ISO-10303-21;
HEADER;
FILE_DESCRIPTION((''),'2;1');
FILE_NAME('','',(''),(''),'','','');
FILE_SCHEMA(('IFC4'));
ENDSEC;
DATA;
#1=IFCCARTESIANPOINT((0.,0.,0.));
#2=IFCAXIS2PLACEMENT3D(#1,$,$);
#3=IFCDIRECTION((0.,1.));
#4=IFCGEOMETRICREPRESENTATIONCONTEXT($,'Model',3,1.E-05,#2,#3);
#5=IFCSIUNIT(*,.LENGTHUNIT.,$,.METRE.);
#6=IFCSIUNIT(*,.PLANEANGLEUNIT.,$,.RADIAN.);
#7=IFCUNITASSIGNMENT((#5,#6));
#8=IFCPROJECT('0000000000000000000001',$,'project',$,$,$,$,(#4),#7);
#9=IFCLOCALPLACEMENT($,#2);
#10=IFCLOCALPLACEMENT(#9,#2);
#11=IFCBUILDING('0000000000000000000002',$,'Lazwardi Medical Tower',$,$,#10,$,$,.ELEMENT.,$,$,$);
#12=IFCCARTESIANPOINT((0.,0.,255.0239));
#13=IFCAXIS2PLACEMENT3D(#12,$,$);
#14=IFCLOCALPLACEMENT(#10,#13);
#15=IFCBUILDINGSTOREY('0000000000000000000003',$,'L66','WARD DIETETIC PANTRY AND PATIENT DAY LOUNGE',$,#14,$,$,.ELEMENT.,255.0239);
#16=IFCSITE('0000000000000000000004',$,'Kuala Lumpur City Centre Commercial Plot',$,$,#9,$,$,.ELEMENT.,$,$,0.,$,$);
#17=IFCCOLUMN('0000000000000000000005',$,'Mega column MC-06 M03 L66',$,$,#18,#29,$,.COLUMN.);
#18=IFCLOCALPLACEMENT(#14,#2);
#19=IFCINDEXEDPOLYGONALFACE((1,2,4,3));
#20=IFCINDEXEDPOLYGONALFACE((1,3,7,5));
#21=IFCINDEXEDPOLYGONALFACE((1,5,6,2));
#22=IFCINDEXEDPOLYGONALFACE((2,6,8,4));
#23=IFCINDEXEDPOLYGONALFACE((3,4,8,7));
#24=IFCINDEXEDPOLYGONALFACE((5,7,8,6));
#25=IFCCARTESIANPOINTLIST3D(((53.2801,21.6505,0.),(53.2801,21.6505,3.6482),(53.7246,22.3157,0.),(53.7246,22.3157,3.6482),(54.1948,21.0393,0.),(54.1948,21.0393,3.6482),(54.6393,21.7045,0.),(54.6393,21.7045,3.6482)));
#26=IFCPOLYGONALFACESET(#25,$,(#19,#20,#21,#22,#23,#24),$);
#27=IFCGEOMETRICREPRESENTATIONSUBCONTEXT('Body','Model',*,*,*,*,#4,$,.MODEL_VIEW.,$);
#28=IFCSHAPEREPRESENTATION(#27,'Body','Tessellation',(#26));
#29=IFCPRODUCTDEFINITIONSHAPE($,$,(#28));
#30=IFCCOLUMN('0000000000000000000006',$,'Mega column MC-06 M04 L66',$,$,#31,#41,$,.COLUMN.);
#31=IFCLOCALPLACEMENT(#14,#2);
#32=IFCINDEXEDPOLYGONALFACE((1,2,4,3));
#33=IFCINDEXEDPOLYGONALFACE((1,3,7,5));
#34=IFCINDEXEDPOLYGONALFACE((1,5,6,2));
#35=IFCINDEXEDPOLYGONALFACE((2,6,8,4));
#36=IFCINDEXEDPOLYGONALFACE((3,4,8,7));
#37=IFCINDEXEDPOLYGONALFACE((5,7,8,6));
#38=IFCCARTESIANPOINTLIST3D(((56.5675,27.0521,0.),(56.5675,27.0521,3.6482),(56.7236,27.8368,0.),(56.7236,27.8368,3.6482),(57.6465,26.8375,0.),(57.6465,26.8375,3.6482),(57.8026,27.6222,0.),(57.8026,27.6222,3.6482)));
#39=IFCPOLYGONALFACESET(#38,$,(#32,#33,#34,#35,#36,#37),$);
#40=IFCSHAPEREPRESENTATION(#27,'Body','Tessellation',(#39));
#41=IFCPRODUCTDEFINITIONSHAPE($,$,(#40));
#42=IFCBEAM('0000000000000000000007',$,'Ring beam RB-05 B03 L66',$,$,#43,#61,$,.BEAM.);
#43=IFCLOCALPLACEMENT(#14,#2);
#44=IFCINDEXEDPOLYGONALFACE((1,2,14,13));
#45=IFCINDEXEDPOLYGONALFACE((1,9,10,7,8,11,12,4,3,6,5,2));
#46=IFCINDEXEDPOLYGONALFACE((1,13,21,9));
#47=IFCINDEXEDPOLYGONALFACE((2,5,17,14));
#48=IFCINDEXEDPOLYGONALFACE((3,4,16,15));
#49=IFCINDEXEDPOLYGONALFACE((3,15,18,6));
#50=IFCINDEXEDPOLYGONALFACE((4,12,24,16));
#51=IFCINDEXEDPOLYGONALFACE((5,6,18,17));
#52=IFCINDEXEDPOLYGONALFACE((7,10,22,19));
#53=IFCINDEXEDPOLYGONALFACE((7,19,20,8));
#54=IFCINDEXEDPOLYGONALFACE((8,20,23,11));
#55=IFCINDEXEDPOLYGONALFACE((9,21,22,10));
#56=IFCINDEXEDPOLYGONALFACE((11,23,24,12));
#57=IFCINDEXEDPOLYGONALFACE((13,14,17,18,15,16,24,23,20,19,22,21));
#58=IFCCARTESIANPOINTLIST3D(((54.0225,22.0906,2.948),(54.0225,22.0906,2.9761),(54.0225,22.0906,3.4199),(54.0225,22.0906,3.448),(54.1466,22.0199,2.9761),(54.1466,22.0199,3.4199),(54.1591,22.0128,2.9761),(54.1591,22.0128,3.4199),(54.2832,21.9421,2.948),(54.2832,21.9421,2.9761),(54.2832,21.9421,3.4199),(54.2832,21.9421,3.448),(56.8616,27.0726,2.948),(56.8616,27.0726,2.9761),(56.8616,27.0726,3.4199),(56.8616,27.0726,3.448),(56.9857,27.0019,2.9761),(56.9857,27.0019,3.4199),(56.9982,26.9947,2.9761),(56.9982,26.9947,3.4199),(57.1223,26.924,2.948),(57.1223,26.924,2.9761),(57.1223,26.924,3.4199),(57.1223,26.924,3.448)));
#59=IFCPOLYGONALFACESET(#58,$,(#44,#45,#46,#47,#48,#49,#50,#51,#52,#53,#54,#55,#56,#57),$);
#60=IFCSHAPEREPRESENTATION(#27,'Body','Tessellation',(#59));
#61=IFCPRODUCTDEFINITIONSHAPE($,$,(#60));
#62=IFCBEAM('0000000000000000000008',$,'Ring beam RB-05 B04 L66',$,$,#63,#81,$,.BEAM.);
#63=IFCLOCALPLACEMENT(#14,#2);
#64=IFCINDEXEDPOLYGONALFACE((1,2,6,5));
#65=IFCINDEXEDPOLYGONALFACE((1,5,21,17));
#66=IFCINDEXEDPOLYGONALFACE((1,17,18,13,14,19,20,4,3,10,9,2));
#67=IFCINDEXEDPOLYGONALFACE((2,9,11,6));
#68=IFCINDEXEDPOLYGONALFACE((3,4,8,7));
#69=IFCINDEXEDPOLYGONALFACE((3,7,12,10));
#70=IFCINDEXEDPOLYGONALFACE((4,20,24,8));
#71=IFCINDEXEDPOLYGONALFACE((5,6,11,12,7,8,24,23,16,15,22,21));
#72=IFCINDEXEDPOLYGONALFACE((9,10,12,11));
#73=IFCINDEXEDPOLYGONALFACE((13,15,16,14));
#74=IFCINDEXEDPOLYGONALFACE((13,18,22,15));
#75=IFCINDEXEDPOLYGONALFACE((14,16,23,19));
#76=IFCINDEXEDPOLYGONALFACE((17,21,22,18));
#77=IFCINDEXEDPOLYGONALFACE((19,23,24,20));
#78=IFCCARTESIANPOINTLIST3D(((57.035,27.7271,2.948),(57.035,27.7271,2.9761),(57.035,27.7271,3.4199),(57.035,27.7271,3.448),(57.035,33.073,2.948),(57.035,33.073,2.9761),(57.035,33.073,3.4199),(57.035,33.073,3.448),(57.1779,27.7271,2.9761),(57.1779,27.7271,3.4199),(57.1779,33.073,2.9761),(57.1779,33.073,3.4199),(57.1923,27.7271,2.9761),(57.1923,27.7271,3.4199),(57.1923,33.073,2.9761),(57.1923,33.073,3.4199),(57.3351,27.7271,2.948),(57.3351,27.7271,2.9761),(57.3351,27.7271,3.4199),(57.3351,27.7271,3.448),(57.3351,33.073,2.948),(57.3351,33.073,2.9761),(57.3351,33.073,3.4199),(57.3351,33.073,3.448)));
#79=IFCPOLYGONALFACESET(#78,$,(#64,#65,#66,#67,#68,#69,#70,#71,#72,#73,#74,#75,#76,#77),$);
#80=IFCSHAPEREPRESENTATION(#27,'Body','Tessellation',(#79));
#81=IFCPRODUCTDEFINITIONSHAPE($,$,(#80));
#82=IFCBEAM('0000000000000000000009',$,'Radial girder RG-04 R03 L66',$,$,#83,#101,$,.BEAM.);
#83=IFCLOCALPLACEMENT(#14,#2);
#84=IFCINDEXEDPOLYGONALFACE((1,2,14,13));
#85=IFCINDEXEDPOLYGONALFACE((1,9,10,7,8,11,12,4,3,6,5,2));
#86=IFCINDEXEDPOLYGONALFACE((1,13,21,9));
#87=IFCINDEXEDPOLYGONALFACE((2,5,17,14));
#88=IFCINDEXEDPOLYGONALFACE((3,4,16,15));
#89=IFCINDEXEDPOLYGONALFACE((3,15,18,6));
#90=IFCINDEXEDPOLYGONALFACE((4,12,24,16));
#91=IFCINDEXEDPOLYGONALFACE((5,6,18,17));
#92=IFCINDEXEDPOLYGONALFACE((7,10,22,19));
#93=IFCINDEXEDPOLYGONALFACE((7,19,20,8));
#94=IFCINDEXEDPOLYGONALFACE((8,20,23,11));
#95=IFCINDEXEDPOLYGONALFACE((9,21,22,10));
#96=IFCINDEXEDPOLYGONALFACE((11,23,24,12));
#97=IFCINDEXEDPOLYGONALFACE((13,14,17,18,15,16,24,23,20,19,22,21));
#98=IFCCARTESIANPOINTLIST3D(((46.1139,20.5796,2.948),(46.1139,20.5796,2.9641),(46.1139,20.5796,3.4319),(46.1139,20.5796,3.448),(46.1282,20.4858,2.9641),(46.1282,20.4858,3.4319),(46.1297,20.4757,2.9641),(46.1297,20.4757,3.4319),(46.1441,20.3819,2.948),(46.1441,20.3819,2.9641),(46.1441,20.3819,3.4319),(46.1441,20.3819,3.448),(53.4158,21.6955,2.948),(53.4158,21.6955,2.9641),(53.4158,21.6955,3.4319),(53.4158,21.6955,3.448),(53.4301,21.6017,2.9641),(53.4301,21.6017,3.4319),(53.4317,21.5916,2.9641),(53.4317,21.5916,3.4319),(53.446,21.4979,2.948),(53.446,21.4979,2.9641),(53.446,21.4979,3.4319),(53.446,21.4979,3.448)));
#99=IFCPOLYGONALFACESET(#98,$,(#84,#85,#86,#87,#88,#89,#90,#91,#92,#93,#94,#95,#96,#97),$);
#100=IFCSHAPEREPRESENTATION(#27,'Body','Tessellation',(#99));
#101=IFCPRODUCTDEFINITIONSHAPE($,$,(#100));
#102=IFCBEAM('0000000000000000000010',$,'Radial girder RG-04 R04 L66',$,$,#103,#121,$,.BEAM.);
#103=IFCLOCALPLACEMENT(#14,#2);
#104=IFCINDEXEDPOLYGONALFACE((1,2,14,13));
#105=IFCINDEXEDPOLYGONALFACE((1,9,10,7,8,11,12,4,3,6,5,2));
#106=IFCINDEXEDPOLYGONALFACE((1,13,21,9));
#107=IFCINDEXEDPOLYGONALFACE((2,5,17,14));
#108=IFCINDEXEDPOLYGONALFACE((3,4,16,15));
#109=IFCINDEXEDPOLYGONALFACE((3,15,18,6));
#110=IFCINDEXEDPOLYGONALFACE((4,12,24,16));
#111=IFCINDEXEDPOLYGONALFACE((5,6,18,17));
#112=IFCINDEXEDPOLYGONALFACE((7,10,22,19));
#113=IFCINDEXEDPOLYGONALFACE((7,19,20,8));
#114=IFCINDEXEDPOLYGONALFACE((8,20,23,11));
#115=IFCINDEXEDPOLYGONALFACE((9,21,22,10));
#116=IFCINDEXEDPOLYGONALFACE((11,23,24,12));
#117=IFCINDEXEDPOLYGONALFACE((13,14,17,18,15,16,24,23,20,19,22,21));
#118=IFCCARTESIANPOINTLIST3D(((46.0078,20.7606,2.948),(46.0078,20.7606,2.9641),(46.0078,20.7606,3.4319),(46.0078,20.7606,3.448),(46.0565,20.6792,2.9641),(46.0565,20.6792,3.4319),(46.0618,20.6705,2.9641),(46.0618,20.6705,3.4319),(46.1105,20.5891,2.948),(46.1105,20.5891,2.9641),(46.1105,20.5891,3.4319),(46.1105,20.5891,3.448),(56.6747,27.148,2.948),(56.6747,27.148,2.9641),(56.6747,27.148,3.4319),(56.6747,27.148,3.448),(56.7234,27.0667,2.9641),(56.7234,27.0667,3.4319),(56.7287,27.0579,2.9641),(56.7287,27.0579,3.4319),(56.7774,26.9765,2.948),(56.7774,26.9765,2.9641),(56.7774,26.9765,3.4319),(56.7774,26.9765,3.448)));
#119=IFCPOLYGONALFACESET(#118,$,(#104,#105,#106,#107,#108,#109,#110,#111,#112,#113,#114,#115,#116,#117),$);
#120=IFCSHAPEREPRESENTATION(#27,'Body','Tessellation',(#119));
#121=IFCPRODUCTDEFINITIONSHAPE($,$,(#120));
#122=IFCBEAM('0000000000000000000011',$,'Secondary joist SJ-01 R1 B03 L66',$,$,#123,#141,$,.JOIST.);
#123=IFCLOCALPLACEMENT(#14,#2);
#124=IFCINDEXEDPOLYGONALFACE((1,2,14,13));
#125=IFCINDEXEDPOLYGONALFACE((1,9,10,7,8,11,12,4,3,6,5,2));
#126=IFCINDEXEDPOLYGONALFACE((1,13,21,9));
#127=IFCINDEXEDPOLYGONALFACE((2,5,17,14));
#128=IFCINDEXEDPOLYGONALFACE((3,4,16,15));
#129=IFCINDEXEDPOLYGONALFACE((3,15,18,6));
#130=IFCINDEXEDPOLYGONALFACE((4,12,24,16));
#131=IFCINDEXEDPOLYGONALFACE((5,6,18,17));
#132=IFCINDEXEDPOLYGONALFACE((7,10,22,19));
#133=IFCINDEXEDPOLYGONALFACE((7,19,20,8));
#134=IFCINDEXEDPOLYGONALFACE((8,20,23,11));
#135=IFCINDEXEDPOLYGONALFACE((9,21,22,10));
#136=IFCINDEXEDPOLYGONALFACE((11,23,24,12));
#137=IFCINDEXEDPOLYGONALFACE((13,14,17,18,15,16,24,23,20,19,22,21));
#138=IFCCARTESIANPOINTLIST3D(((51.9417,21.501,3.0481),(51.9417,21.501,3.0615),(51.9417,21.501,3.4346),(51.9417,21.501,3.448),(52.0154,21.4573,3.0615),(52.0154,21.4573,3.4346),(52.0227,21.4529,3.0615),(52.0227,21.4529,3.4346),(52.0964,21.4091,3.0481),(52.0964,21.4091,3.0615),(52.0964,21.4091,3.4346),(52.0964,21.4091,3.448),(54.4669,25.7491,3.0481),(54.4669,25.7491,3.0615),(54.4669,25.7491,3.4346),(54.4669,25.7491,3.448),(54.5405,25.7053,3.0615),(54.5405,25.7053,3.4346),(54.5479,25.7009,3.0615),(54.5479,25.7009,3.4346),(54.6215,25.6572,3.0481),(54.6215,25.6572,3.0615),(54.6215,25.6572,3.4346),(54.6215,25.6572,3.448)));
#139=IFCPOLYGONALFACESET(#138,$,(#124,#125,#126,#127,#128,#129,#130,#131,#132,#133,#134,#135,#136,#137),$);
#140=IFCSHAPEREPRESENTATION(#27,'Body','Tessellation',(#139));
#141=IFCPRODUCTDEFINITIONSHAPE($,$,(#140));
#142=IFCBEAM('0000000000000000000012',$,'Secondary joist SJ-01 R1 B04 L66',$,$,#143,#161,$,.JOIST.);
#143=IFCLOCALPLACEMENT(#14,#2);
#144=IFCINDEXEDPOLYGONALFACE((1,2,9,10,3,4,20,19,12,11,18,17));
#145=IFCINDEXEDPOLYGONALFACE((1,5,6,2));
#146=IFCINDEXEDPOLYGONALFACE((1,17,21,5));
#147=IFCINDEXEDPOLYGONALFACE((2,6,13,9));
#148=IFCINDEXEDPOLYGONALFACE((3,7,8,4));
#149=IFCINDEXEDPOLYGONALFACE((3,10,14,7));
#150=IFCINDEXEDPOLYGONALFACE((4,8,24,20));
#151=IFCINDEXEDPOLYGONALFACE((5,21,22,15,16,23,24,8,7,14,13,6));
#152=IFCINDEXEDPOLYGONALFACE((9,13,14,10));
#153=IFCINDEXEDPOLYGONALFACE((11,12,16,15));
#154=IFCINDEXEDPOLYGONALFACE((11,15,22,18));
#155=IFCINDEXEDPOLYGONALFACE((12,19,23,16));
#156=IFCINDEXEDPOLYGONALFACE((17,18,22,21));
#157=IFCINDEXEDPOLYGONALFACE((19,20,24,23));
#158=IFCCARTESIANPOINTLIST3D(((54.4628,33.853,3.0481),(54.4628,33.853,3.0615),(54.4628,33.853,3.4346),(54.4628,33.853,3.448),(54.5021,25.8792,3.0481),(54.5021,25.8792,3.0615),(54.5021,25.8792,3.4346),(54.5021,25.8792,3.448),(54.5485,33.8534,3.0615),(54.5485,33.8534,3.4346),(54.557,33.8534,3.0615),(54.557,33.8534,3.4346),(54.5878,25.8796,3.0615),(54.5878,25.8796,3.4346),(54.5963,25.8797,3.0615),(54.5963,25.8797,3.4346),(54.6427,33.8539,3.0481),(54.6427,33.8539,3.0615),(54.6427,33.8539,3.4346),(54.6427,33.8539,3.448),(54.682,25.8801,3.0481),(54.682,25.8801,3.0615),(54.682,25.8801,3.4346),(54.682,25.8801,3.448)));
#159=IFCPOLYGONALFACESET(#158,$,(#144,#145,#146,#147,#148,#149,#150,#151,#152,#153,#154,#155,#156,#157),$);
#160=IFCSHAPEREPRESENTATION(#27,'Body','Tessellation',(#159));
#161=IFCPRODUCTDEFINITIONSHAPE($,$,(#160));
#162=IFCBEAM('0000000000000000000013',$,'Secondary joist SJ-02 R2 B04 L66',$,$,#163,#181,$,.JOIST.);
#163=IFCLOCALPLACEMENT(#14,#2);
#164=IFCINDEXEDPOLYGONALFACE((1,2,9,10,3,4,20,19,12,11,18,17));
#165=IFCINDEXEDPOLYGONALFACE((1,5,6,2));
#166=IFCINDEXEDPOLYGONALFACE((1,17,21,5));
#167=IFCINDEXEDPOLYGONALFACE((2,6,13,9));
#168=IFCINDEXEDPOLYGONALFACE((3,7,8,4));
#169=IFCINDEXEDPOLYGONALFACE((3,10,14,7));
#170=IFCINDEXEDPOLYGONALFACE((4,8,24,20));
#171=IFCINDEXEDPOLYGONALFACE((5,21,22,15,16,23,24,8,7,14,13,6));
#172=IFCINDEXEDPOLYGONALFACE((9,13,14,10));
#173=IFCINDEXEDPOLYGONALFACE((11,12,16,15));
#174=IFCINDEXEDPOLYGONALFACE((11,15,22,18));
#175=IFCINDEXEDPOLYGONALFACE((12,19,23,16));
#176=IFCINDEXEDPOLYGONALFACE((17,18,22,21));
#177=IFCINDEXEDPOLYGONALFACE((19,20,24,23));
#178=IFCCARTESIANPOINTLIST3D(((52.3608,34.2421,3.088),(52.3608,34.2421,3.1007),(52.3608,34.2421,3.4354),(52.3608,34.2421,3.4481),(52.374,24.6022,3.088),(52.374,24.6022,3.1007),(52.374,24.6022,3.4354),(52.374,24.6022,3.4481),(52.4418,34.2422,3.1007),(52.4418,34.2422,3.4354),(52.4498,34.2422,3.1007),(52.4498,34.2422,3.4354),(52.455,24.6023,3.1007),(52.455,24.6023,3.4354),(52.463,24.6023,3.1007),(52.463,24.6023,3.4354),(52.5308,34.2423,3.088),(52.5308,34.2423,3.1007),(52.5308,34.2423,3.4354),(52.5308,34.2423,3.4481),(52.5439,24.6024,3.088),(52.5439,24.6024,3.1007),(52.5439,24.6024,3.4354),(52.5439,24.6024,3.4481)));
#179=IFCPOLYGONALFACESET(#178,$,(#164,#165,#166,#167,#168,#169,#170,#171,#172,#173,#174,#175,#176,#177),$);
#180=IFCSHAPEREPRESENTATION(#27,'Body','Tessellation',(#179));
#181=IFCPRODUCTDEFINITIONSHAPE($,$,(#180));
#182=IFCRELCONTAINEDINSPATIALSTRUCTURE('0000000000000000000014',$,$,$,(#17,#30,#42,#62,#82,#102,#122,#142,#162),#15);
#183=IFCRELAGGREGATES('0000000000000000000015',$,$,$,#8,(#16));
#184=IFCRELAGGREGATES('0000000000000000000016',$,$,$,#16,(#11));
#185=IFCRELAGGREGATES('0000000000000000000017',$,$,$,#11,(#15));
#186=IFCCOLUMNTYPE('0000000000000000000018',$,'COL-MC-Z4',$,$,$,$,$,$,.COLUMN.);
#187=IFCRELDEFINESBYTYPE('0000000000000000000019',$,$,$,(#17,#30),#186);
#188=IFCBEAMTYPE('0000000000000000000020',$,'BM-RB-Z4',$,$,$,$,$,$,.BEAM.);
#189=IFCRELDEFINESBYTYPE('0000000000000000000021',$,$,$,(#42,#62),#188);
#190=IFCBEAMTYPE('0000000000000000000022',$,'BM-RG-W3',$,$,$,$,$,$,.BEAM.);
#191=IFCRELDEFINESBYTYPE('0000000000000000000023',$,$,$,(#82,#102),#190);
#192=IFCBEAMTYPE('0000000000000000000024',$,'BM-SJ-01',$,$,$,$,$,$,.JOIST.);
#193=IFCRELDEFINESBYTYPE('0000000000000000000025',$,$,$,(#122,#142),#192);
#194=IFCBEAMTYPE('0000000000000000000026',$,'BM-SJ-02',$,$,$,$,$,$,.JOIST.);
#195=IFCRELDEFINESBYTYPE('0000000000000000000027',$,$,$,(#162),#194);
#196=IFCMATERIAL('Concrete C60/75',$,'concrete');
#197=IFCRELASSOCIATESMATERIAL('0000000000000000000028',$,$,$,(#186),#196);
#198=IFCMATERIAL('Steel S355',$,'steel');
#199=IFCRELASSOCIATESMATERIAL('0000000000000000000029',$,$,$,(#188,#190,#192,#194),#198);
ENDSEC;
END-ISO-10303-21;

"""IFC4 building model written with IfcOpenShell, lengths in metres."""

from ifc_helpers import new_model, si_unit, direction, frame, origin, origin_2d, place, context, subcontext, project, spatial, rectangle, i_section, extrude, material, material_profile, profile_set, type_object, element, save


model = new_model("IFC4")

# Units and contexts
model_context = context("Model", 3, precision=1e-05, world=origin(), true_north=direction((0.0, 1.0)))
body_context = subcontext(model_context, "Body", "Model", "MODEL_VIEW")
ifc_project = project(units=[si_unit("LENGTHUNIT", "METRE"), si_unit("PLANEANGLEUNIT", "RADIAN")], contexts=[model_context])

# Site, building, storey
site_placement = place(None, origin())
site = spatial("IfcSite", under=ifc_project, at=site_placement, Name="Kuala Lumpur City Centre Commercial Plot", CompositionType="ELEMENT", RefElevation=0.0)
building_placement = place(site_placement, origin())
building = spatial("IfcBuilding", under=site, at=building_placement, Name="Lazwardi Medical Tower", CompositionType="ELEMENT")
storey_placement = place(building_placement, frame((0.0, 0.0, 255.0239)))
storey = spatial("IfcBuildingStorey", under=building, at=storey_placement, Name="L66", Description="WARD DIETETIC PANTRY AND PATIENT DAY LOUNGE", CompositionType="ELEMENT", Elevation=255.0239)

# Columns
ifc_material_1 = material(Name="Concrete C60/75", Category="concrete")
ifc_material_profile_1 = material_profile(ifc_material_1, rectangle(XDim=1.1001, YDim=0.8, at=origin_2d()), Name="CFT-RECT 1100x800")
ifc_profile_set_1 = profile_set([ifc_material_profile_1], Name="Concrete C60/75")
column_type = type_object("IfcColumnType", Name="COL-MC-Z4", PredefinedType="COLUMN", material=ifc_profile_set_1)
for number, where, z_axis, x_axis, name in (
    (1, (53.9597, 21.6775, 0.0), (0.0, 0.0, 1.0), (0.83147, -0.55557, 0.0), "Mega column MC-06 M03 L66"),
    (2, (57.1851, 27.3372, 0.0), (0.0, 0.0, 1.0), (0.980785, -0.19509, 0.0), "Mega column MC-06 M04 L66"),
):
    element("IfcColumn", number, at=place(storey_placement, frame(where, z_axis=z_axis, x_axis=x_axis)), inside=storey, type_object=column_type, Name=name, PredefinedType="COLUMN", context=body_context, shape_type="SweptSolid", body=[
        extrude(rectangle(XDim=1.1001, YDim=0.8, at=origin_2d()), origin(), (0.0, 0.0, 1.0), 3.6482),
    ])

# Beams
ifc_material_2 = material(Name="Steel S355", Category="steel")
ifc_material_profile_2 = material_profile(ifc_material_2, i_section(OverallWidth=0.3, OverallDepth=0.5, WebThickness=0.0144, FlangeThickness=0.0281, at=origin_2d()), Name="HEB 500")
ifc_profile_set_2 = profile_set([ifc_material_profile_2], Name="Steel S355")
beam_type_1 = type_object("IfcBeamType", Name="BM-RB-Z4", PredefinedType="BEAM", material=ifc_profile_set_2)
beam_1_placement = place(storey_placement, frame((54.1528, 22.0164, 3.198), z_axis=(0.495125, 0.868822, 0.0), x_axis=(-0.868822, 0.495125, 0.0)))
element("IfcBeam", 3, at=beam_1_placement, inside=storey, type_object=beam_type_1, Name="Ring beam RB-05 B03 L66", PredefinedType="BEAM", context=body_context, shape_type="SweptSolid", body=[
    extrude(i_section(OverallWidth=0.3, OverallDepth=0.5, WebThickness=0.0144, FlangeThickness=0.0281, at=origin_2d()), origin(), (0.0, 0.0, 1.0), 5.7341),
])
beam_2_placement = place(storey_placement, frame((57.1851, 27.7271, 3.198), z_axis=(0.0, 1.0, 0.0), x_axis=(-1.0, 0.0, 0.0)))
element("IfcBeam", 4, at=beam_2_placement, inside=storey, type_object=beam_type_1, Name="Ring beam RB-05 B04 L66", PredefinedType="BEAM", context=body_context, shape_type="SweptSolid", body=[
    extrude(i_section(OverallWidth=0.3, OverallDepth=0.5, WebThickness=0.0144, FlangeThickness=0.0281, at=origin_2d()), origin(), (0.0, 0.0, 1.0), 5.3459),
])
ifc_material_profile_3 = material_profile(ifc_material_2, i_section(OverallWidth=0.2, OverallDepth=0.5, WebThickness=0.0103, FlangeThickness=0.0161, at=origin_2d()), Name="IPE 500")
ifc_profile_set_3 = profile_set([ifc_material_profile_3], Name="Steel S355")
beam_type_2 = type_object("IfcBeamType", Name="BM-RG-W3", PredefinedType="BEAM", material=ifc_profile_set_3)
beam_3_placement = place(storey_placement, frame((53.4309, 21.5967, 3.198), z_axis=(-0.988522, -0.151076, 0.0), x_axis=(0.151076, -0.988522, 0.0)))
element("IfcBeam", 5, at=beam_3_placement, inside=storey, type_object=beam_type_2, Name="Radial girder RG-04 R03 L66", PredefinedType="BEAM", context=body_context, shape_type="SweptSolid", body=[
    extrude(i_section(OverallWidth=0.2, OverallDepth=0.5, WebThickness=0.0103, FlangeThickness=0.0161, at=origin_2d()), origin(), (0.0, 0.0, 1.0), 7.3867),
])
beam_4_placement = place(storey_placement, frame((56.7261, 27.0623, 3.198), z_axis=(-0.857945, -0.513742, 0.0), x_axis=(0.513742, -0.857945, 0.0)))
element("IfcBeam", 6, at=beam_4_placement, inside=storey, type_object=beam_type_2, Name="Radial girder RG-04 R04 L66", PredefinedType="BEAM", context=body_context, shape_type="SweptSolid", body=[
    extrude(i_section(OverallWidth=0.2, OverallDepth=0.5, WebThickness=0.0103, FlangeThickness=0.0161, at=origin_2d()), origin(), (0.0, 0.0, 1.0), 12.4331),
])
ifc_material_profile_4 = material_profile(ifc_material_2, i_section(OverallWidth=0.1799, OverallDepth=0.3999, WebThickness=0.0085, FlangeThickness=0.0134, at=origin_2d()), Name="IPE 400")
ifc_profile_set_4 = profile_set([ifc_material_profile_4], Name="Steel S355")
beam_type_3 = type_object("IfcBeamType", Name="BM-SJ-01", PredefinedType="JOIST", material=ifc_profile_set_4)
beam_5_placement = place(storey_placement, frame((52.019, 21.4551, 3.248), z_axis=(0.510968, 0.8596, 0.0), x_axis=(-0.8596, 0.510968, 0.0)))
element("IfcBeam", 7, at=beam_5_placement, inside=storey, type_object=beam_type_3, Name="Secondary joist SJ-01 R1 B03 L66", PredefinedType="JOIST", context=body_context, shape_type="SweptSolid", body=[
    extrude(i_section(OverallWidth=0.1799, OverallDepth=0.3999, WebThickness=0.0085, FlangeThickness=0.0134, at=origin_2d()), origin(), (0.0, 0.0, 1.0), 4.9419),
])
beam_6_placement = place(storey_placement, frame((54.592, 25.8796, 3.248), z_axis=(-0.004929, 0.999988, 0.0), x_axis=(-0.999988, -0.004929, 0.0)))
element("IfcBeam", 8, at=beam_6_placement, inside=storey, type_object=beam_type_3, Name="Secondary joist SJ-01 R1 B04 L66", PredefinedType="JOIST", context=body_context, shape_type="SweptSolid", body=[
    extrude(i_section(OverallWidth=0.1799, OverallDepth=0.3999, WebThickness=0.0085, FlangeThickness=0.0134, at=origin_2d()), origin(), (0.0, 0.0, 1.0), 7.9739),
])
ifc_material_profile_5 = material_profile(ifc_material_2, i_section(OverallWidth=0.1699, OverallDepth=0.3601, WebThickness=0.0081, FlangeThickness=0.0127, at=origin_2d()), Name="IPE 360")
ifc_profile_set_5 = profile_set([ifc_material_profile_5], Name="Steel S355")
beam_type_4 = type_object("IfcBeamType", Name="BM-SJ-02", PredefinedType="JOIST", material=ifc_profile_set_5)
beam_7_placement = place(storey_placement, frame((52.459, 24.6023, 3.2681), z_axis=(-0.001368, 0.999999, 0.0), x_axis=(-0.999999, -0.001368, 0.0)))
element("IfcBeam", 9, at=beam_7_placement, inside=storey, type_object=beam_type_4, Name="Secondary joist SJ-02 R2 B04 L66", PredefinedType="JOIST", context=body_context, shape_type="SweptSolid", body=[
    extrude(i_section(OverallWidth=0.1699, OverallDepth=0.3601, WebThickness=0.0081, FlangeThickness=0.0127, at=origin_2d()), origin(), (0.0, 0.0, 1.0), 9.6399),
])

save(model, "model.ifc")
